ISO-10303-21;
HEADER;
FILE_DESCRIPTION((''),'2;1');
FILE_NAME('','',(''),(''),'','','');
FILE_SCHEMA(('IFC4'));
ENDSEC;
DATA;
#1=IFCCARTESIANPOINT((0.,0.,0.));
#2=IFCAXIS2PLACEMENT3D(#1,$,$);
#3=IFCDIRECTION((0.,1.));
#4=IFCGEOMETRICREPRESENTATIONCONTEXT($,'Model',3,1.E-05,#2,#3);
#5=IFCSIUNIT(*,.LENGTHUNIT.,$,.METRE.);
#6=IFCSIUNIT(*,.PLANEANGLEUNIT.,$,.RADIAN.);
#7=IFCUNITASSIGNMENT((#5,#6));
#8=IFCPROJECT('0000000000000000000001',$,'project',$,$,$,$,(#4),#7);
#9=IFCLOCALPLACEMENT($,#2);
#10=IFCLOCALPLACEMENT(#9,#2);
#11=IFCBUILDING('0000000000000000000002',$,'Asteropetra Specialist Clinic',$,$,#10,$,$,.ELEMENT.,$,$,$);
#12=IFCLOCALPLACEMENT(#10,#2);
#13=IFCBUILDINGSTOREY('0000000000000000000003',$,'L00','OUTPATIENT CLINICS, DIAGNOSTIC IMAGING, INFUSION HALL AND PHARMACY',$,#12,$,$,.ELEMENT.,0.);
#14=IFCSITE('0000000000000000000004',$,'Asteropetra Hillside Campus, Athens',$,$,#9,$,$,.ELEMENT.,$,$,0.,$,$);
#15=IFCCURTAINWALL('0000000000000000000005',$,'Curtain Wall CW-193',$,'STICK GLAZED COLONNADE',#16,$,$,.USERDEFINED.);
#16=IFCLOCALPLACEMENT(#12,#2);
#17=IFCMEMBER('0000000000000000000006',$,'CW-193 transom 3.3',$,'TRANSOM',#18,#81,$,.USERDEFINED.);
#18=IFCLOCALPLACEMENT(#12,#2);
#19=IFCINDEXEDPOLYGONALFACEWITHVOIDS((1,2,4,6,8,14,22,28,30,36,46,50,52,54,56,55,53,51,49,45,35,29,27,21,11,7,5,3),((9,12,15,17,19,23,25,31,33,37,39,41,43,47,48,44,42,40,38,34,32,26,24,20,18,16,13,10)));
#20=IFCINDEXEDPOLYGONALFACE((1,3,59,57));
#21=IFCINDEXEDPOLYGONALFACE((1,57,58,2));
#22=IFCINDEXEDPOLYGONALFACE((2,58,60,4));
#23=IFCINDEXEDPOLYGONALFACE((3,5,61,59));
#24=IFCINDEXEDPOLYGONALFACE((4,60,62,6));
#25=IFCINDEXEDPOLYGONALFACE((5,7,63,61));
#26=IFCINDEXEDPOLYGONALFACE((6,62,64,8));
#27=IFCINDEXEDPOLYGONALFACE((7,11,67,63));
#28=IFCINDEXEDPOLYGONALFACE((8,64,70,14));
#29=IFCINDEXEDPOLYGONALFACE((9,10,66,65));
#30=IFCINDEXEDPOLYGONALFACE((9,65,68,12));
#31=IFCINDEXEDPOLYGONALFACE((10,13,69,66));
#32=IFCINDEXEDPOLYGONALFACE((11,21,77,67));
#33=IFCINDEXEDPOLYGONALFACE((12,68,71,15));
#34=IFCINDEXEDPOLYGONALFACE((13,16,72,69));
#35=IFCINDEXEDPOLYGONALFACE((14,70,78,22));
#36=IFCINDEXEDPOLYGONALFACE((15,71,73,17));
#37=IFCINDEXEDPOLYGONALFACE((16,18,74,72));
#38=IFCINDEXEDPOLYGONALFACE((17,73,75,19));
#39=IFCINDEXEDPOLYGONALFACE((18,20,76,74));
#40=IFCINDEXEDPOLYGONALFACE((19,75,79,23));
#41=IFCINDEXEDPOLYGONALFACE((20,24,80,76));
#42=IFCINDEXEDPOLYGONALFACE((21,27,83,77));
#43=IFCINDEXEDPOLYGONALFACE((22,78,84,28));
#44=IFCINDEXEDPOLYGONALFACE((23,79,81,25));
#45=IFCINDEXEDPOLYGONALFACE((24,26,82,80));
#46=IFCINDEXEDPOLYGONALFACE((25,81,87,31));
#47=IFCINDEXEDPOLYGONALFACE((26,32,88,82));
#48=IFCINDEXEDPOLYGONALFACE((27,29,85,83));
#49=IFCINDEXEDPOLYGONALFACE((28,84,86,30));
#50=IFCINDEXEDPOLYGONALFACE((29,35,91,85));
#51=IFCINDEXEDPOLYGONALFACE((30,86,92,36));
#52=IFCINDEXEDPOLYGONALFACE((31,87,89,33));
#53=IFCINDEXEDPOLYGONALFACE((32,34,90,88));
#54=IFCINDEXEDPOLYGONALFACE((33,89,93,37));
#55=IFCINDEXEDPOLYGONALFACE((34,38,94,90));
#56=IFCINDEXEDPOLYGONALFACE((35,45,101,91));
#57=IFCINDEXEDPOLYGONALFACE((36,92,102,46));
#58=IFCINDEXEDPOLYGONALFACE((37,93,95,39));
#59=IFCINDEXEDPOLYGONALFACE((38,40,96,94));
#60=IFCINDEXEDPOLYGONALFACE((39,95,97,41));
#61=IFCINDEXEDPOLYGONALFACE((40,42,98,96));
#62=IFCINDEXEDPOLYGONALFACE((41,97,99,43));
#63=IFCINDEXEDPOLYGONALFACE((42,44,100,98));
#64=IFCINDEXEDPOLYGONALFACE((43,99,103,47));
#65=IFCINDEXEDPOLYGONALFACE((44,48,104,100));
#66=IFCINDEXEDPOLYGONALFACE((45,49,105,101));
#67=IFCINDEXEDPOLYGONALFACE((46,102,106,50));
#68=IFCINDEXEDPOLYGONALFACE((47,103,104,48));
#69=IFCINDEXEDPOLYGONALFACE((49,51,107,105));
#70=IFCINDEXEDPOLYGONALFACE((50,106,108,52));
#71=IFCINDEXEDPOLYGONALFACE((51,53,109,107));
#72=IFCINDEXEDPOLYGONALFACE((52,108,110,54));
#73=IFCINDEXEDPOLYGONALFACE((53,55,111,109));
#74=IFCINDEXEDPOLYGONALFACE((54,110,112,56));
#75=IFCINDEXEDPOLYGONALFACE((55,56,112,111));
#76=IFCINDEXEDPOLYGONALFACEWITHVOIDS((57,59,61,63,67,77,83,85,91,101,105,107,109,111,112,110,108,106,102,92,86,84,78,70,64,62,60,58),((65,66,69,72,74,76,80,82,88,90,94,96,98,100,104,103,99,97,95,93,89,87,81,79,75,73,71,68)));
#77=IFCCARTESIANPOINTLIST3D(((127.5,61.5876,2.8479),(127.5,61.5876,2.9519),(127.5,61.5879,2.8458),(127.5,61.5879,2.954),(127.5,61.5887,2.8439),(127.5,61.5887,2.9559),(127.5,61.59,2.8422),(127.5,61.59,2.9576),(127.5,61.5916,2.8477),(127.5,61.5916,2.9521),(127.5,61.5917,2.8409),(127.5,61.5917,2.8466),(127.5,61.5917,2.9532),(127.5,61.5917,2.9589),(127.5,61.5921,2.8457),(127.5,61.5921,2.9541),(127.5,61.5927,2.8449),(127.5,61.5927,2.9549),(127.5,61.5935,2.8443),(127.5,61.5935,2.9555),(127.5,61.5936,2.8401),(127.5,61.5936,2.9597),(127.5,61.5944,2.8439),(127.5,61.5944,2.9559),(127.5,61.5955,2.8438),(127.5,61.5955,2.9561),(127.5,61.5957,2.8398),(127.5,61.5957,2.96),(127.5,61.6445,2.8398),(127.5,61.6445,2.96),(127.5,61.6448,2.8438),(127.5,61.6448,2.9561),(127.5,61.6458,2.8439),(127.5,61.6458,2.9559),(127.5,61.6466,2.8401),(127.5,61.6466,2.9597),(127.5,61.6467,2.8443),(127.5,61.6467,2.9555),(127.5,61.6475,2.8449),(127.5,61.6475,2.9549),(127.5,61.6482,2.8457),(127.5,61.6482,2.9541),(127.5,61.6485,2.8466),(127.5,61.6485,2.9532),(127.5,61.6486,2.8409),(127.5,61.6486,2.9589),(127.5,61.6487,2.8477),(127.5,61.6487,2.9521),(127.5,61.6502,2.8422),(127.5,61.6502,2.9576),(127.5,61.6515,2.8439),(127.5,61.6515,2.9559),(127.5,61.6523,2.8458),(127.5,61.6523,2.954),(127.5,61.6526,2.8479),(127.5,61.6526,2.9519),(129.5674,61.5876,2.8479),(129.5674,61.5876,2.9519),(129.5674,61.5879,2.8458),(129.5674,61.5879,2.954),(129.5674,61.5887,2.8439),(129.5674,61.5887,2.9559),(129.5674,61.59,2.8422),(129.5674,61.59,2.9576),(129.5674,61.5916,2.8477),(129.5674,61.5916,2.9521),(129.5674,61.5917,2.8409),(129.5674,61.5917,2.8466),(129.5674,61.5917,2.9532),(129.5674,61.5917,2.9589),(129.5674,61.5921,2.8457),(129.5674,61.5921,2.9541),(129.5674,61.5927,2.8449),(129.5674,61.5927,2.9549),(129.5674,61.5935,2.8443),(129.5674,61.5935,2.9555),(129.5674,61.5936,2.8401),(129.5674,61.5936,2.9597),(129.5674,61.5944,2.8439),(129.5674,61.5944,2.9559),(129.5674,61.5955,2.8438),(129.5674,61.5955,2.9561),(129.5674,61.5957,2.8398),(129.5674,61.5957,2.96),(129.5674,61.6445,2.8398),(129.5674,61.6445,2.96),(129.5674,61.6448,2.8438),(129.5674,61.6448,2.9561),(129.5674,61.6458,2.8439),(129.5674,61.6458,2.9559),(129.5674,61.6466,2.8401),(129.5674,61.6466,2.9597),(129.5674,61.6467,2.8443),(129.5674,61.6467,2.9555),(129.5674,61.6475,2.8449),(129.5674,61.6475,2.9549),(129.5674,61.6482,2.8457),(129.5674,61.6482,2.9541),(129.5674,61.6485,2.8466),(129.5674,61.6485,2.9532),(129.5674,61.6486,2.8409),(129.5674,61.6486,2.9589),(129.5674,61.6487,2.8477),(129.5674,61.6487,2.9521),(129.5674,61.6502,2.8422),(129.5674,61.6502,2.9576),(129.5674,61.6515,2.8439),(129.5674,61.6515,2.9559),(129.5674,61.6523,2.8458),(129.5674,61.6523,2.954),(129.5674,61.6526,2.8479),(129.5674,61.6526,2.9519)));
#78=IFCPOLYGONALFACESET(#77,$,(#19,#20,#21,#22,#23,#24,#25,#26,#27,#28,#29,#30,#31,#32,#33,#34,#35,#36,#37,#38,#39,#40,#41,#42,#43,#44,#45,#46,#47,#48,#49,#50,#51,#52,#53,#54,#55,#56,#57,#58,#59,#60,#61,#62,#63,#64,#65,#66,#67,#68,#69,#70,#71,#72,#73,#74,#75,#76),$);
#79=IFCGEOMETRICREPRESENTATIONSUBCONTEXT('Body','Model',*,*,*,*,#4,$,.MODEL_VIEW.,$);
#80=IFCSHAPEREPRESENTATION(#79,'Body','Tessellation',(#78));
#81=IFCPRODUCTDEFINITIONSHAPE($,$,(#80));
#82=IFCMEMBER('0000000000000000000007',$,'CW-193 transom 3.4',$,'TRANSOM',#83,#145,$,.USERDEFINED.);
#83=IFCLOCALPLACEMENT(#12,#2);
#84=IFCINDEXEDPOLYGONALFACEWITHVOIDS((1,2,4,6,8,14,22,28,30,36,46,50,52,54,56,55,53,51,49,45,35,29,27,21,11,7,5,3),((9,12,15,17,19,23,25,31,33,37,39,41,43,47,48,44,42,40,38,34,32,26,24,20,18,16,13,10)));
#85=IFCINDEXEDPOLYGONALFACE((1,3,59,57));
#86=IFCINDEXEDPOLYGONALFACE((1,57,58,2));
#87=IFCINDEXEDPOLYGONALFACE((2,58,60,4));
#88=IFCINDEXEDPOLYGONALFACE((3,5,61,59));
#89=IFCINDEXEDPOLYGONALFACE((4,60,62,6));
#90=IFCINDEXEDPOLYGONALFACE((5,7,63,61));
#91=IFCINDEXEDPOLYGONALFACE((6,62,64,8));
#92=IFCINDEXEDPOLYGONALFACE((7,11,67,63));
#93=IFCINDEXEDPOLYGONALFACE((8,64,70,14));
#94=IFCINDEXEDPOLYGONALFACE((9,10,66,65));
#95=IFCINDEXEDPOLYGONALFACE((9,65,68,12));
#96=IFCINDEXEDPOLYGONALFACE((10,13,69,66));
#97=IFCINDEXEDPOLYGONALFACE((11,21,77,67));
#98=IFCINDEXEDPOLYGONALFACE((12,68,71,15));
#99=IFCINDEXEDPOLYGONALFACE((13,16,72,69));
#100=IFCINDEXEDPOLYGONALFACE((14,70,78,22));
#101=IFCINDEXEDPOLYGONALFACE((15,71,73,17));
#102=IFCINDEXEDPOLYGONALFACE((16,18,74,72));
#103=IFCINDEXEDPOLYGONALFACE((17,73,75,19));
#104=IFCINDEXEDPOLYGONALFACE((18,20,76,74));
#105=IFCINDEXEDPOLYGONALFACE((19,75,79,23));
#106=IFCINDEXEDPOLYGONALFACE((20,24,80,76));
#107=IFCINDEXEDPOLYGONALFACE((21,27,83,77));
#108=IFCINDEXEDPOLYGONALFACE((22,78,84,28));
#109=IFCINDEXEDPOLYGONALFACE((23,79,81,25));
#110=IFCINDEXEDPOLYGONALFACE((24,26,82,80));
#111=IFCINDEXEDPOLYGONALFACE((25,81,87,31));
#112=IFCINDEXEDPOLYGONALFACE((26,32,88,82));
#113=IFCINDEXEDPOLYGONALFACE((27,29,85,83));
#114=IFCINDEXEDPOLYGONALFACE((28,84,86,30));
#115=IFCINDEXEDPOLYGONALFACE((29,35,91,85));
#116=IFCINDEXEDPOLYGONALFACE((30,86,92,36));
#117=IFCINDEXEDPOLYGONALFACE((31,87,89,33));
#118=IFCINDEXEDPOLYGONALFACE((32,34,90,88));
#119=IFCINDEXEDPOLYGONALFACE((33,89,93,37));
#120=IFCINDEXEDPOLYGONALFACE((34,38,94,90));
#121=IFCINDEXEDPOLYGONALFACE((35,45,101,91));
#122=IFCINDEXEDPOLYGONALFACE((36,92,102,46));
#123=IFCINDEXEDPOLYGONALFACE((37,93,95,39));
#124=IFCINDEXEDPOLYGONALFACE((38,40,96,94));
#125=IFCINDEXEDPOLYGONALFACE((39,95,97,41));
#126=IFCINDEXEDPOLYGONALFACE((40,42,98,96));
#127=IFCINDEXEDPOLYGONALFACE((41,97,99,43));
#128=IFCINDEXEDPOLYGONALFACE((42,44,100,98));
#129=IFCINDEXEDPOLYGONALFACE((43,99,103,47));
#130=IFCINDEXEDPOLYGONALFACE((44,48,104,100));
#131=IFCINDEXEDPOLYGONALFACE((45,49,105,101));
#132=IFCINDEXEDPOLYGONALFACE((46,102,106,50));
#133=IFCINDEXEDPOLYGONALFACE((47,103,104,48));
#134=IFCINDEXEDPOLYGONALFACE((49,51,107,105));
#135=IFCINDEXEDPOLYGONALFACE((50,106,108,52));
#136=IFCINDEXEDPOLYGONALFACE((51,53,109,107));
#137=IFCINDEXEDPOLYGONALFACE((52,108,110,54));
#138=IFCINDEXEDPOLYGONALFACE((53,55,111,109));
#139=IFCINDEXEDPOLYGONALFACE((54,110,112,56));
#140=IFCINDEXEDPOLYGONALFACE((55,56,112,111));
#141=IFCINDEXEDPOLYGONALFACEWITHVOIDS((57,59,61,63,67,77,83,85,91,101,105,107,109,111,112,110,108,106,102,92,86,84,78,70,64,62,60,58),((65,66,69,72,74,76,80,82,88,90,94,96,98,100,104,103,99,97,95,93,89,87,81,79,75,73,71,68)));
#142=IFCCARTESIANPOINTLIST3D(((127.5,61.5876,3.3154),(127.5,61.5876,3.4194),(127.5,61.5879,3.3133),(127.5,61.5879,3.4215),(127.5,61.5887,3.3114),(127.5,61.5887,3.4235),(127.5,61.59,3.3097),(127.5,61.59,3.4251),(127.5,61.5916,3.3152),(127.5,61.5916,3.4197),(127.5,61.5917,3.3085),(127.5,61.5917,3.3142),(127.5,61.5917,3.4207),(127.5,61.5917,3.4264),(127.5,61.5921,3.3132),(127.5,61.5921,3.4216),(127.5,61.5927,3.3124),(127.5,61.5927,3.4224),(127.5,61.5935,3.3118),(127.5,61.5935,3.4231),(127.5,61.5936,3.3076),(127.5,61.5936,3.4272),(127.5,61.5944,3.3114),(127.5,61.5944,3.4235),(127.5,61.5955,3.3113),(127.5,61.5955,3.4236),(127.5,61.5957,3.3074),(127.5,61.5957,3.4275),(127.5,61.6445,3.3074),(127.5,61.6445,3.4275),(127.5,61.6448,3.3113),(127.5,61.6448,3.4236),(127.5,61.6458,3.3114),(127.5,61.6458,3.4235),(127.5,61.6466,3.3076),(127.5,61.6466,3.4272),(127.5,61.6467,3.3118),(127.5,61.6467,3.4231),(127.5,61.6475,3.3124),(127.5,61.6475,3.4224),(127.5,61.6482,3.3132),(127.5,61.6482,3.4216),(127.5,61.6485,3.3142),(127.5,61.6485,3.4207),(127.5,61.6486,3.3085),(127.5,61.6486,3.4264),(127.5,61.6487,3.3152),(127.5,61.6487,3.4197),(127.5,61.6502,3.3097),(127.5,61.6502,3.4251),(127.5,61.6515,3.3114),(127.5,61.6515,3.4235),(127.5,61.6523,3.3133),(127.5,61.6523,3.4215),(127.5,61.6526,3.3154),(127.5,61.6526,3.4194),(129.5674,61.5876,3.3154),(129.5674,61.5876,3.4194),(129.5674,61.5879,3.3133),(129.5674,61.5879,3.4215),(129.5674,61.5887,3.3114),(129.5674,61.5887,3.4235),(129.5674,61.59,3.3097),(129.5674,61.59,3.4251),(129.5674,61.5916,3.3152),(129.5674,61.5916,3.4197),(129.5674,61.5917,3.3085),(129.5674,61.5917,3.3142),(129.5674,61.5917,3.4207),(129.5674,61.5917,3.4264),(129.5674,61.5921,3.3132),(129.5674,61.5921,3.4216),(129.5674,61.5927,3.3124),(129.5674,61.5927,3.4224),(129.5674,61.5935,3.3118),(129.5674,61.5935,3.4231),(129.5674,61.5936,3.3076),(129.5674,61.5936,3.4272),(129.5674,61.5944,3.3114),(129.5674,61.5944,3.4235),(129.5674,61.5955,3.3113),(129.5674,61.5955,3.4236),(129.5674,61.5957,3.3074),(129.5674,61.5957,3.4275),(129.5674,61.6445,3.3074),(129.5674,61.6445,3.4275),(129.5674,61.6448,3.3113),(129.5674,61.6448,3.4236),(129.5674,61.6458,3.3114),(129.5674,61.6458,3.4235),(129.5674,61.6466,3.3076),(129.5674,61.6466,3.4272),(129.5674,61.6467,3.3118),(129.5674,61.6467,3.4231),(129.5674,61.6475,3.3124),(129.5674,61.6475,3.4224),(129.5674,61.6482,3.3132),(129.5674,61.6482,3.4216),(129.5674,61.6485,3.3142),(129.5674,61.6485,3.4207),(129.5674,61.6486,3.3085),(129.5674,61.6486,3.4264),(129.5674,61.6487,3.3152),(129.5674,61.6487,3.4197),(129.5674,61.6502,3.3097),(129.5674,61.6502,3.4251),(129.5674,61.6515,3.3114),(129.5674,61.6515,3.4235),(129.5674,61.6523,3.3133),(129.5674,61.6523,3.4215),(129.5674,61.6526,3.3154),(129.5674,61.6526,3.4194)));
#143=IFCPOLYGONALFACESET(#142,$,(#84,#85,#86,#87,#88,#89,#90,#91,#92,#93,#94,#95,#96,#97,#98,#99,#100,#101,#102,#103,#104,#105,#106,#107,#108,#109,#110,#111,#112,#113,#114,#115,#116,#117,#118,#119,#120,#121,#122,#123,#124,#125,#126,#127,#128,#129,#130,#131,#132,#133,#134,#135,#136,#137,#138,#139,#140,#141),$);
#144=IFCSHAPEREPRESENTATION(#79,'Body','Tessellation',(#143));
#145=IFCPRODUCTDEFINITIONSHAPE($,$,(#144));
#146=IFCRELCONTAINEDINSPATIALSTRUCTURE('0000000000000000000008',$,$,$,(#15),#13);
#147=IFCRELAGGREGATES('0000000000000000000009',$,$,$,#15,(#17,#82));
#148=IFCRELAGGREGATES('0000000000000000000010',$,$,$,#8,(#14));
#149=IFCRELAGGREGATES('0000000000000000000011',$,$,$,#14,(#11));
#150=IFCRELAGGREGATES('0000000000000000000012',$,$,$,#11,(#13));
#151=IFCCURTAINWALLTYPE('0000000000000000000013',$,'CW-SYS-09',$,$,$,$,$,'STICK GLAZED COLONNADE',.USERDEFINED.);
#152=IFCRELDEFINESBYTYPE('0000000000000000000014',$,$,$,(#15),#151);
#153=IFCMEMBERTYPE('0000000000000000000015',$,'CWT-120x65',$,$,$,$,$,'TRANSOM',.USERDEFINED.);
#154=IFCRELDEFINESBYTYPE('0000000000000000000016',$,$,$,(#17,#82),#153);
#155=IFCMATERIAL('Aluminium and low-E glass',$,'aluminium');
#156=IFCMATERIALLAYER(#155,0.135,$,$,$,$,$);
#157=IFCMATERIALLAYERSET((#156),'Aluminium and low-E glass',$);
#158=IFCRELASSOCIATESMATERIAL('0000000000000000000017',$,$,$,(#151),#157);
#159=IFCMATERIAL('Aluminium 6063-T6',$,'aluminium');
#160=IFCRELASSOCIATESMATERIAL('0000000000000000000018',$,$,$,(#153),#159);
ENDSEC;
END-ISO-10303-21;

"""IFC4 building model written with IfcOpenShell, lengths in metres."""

from ifc_helpers import new_model, si_unit, direction, frame, origin, origin_2d, place, context, subcontext, project, spatial, hollow_rectangle, extrude, material, layer, layer_set, material_profile, profile_set, type_object, element, aggregate, save


model = new_model("IFC4")

# Units and contexts
model_context = context("Model", 3, precision=1e-05, world=origin(), true_north=direction((0.0, 1.0)))
body_context = subcontext(model_context, "Body", "Model", "MODEL_VIEW")
ifc_project = project(units=[si_unit("LENGTHUNIT", "METRE"), si_unit("PLANEANGLEUNIT", "RADIAN")], contexts=[model_context])

# Site, building, storey
site_placement = place(None, origin())
site = spatial("IfcSite", under=ifc_project, at=site_placement, Name="Asteropetra Hillside Campus, Athens", CompositionType="ELEMENT", RefElevation=0.0)
building_placement = place(site_placement, origin())
building = spatial("IfcBuilding", under=site, at=building_placement, Name="Asteropetra Specialist Clinic", CompositionType="ELEMENT")
storey_placement = place(building_placement, origin())
storey = spatial("IfcBuildingStorey", under=building, at=storey_placement, Name="L00", Description="OUTPATIENT CLINICS, DIAGNOSTIC IMAGING, INFUSION HALL AND PHARMACY", CompositionType="ELEMENT", Elevation=0.0)

# Curtain wall, members
ifc_material_1 = material(Name="Aluminium and low-E glass", Category="aluminium")
ifc_layer_1 = layer(ifc_material_1, 0.135)
ifc_layer_set_1 = layer_set([ifc_layer_1], Name="Aluminium and low-E glass")
curtain_wall_type = type_object("IfcCurtainWallType", Name="CW-SYS-09", ElementType="STICK GLAZED COLONNADE", PredefinedType="USERDEFINED", material=ifc_layer_set_1)
curtain_wall_placement = place(storey_placement, origin())
curtain_wall = element("IfcCurtainWall", 1, at=curtain_wall_placement, inside=storey, type_object=curtain_wall_type, Name="Curtain Wall CW-193", ObjectType="STICK GLAZED COLONNADE", PredefinedType="USERDEFINED")
ifc_material_2 = material(Name="Aluminium 6063-T6", Category="aluminium")
ifc_material_profile_1 = material_profile(ifc_material_2, hollow_rectangle(XDim=0.0649, YDim=0.1201, WallThickness=0.0039, InnerFilletRadius=0.0039, OuterFilletRadius=0.0081, at=origin_2d()), Name="TRN 120x65x4.0")
ifc_profile_set_1 = profile_set([ifc_material_profile_1], Name="Aluminium 6063-T6")
member_type_1 = type_object("IfcMemberType", Name="CWT-120x65", ElementType="TRANSOM", PredefinedType="USERDEFINED", material=ifc_profile_set_1)
member_1_placement = place(storey_placement, frame((129.5674, 61.6201, 2.8999), z_axis=(-1.0, 0.0, 0.0), x_axis=(0.0, -1.0, 0.0)))
member_1 = element("IfcMember", 2, at=member_1_placement, type_object=member_type_1, Name="CW-193 transom 3.3", ObjectType="TRANSOM", PredefinedType="USERDEFINED", context=body_context, shape_type="SweptSolid", body=[
    extrude(hollow_rectangle(XDim=0.0649, YDim=0.1201, WallThickness=0.0039, InnerFilletRadius=0.0039, OuterFilletRadius=0.0081, at=origin_2d()), origin(), (0.0, 0.0, 1.0), 2.0674),
])
member_2_placement = place(storey_placement, frame((129.5674, 61.6201, 3.3674), z_axis=(-1.0, 0.0, 0.0), x_axis=(0.0, -1.0, 0.0)))
member_2 = element("IfcMember", 3, at=member_2_placement, type_object=member_type_1, Name="CW-193 transom 3.4", ObjectType="TRANSOM", PredefinedType="USERDEFINED", context=body_context, shape_type="SweptSolid", body=[
    extrude(hollow_rectangle(XDim=0.0649, YDim=0.1201, WallThickness=0.0039, InnerFilletRadius=0.0039, OuterFilletRadius=0.0081, at=origin_2d()), origin(), (0.0, 0.0, 1.0), 2.0674),
])
aggregate(curtain_wall, [member_1, member_2])

save(model, "model.ifc")
